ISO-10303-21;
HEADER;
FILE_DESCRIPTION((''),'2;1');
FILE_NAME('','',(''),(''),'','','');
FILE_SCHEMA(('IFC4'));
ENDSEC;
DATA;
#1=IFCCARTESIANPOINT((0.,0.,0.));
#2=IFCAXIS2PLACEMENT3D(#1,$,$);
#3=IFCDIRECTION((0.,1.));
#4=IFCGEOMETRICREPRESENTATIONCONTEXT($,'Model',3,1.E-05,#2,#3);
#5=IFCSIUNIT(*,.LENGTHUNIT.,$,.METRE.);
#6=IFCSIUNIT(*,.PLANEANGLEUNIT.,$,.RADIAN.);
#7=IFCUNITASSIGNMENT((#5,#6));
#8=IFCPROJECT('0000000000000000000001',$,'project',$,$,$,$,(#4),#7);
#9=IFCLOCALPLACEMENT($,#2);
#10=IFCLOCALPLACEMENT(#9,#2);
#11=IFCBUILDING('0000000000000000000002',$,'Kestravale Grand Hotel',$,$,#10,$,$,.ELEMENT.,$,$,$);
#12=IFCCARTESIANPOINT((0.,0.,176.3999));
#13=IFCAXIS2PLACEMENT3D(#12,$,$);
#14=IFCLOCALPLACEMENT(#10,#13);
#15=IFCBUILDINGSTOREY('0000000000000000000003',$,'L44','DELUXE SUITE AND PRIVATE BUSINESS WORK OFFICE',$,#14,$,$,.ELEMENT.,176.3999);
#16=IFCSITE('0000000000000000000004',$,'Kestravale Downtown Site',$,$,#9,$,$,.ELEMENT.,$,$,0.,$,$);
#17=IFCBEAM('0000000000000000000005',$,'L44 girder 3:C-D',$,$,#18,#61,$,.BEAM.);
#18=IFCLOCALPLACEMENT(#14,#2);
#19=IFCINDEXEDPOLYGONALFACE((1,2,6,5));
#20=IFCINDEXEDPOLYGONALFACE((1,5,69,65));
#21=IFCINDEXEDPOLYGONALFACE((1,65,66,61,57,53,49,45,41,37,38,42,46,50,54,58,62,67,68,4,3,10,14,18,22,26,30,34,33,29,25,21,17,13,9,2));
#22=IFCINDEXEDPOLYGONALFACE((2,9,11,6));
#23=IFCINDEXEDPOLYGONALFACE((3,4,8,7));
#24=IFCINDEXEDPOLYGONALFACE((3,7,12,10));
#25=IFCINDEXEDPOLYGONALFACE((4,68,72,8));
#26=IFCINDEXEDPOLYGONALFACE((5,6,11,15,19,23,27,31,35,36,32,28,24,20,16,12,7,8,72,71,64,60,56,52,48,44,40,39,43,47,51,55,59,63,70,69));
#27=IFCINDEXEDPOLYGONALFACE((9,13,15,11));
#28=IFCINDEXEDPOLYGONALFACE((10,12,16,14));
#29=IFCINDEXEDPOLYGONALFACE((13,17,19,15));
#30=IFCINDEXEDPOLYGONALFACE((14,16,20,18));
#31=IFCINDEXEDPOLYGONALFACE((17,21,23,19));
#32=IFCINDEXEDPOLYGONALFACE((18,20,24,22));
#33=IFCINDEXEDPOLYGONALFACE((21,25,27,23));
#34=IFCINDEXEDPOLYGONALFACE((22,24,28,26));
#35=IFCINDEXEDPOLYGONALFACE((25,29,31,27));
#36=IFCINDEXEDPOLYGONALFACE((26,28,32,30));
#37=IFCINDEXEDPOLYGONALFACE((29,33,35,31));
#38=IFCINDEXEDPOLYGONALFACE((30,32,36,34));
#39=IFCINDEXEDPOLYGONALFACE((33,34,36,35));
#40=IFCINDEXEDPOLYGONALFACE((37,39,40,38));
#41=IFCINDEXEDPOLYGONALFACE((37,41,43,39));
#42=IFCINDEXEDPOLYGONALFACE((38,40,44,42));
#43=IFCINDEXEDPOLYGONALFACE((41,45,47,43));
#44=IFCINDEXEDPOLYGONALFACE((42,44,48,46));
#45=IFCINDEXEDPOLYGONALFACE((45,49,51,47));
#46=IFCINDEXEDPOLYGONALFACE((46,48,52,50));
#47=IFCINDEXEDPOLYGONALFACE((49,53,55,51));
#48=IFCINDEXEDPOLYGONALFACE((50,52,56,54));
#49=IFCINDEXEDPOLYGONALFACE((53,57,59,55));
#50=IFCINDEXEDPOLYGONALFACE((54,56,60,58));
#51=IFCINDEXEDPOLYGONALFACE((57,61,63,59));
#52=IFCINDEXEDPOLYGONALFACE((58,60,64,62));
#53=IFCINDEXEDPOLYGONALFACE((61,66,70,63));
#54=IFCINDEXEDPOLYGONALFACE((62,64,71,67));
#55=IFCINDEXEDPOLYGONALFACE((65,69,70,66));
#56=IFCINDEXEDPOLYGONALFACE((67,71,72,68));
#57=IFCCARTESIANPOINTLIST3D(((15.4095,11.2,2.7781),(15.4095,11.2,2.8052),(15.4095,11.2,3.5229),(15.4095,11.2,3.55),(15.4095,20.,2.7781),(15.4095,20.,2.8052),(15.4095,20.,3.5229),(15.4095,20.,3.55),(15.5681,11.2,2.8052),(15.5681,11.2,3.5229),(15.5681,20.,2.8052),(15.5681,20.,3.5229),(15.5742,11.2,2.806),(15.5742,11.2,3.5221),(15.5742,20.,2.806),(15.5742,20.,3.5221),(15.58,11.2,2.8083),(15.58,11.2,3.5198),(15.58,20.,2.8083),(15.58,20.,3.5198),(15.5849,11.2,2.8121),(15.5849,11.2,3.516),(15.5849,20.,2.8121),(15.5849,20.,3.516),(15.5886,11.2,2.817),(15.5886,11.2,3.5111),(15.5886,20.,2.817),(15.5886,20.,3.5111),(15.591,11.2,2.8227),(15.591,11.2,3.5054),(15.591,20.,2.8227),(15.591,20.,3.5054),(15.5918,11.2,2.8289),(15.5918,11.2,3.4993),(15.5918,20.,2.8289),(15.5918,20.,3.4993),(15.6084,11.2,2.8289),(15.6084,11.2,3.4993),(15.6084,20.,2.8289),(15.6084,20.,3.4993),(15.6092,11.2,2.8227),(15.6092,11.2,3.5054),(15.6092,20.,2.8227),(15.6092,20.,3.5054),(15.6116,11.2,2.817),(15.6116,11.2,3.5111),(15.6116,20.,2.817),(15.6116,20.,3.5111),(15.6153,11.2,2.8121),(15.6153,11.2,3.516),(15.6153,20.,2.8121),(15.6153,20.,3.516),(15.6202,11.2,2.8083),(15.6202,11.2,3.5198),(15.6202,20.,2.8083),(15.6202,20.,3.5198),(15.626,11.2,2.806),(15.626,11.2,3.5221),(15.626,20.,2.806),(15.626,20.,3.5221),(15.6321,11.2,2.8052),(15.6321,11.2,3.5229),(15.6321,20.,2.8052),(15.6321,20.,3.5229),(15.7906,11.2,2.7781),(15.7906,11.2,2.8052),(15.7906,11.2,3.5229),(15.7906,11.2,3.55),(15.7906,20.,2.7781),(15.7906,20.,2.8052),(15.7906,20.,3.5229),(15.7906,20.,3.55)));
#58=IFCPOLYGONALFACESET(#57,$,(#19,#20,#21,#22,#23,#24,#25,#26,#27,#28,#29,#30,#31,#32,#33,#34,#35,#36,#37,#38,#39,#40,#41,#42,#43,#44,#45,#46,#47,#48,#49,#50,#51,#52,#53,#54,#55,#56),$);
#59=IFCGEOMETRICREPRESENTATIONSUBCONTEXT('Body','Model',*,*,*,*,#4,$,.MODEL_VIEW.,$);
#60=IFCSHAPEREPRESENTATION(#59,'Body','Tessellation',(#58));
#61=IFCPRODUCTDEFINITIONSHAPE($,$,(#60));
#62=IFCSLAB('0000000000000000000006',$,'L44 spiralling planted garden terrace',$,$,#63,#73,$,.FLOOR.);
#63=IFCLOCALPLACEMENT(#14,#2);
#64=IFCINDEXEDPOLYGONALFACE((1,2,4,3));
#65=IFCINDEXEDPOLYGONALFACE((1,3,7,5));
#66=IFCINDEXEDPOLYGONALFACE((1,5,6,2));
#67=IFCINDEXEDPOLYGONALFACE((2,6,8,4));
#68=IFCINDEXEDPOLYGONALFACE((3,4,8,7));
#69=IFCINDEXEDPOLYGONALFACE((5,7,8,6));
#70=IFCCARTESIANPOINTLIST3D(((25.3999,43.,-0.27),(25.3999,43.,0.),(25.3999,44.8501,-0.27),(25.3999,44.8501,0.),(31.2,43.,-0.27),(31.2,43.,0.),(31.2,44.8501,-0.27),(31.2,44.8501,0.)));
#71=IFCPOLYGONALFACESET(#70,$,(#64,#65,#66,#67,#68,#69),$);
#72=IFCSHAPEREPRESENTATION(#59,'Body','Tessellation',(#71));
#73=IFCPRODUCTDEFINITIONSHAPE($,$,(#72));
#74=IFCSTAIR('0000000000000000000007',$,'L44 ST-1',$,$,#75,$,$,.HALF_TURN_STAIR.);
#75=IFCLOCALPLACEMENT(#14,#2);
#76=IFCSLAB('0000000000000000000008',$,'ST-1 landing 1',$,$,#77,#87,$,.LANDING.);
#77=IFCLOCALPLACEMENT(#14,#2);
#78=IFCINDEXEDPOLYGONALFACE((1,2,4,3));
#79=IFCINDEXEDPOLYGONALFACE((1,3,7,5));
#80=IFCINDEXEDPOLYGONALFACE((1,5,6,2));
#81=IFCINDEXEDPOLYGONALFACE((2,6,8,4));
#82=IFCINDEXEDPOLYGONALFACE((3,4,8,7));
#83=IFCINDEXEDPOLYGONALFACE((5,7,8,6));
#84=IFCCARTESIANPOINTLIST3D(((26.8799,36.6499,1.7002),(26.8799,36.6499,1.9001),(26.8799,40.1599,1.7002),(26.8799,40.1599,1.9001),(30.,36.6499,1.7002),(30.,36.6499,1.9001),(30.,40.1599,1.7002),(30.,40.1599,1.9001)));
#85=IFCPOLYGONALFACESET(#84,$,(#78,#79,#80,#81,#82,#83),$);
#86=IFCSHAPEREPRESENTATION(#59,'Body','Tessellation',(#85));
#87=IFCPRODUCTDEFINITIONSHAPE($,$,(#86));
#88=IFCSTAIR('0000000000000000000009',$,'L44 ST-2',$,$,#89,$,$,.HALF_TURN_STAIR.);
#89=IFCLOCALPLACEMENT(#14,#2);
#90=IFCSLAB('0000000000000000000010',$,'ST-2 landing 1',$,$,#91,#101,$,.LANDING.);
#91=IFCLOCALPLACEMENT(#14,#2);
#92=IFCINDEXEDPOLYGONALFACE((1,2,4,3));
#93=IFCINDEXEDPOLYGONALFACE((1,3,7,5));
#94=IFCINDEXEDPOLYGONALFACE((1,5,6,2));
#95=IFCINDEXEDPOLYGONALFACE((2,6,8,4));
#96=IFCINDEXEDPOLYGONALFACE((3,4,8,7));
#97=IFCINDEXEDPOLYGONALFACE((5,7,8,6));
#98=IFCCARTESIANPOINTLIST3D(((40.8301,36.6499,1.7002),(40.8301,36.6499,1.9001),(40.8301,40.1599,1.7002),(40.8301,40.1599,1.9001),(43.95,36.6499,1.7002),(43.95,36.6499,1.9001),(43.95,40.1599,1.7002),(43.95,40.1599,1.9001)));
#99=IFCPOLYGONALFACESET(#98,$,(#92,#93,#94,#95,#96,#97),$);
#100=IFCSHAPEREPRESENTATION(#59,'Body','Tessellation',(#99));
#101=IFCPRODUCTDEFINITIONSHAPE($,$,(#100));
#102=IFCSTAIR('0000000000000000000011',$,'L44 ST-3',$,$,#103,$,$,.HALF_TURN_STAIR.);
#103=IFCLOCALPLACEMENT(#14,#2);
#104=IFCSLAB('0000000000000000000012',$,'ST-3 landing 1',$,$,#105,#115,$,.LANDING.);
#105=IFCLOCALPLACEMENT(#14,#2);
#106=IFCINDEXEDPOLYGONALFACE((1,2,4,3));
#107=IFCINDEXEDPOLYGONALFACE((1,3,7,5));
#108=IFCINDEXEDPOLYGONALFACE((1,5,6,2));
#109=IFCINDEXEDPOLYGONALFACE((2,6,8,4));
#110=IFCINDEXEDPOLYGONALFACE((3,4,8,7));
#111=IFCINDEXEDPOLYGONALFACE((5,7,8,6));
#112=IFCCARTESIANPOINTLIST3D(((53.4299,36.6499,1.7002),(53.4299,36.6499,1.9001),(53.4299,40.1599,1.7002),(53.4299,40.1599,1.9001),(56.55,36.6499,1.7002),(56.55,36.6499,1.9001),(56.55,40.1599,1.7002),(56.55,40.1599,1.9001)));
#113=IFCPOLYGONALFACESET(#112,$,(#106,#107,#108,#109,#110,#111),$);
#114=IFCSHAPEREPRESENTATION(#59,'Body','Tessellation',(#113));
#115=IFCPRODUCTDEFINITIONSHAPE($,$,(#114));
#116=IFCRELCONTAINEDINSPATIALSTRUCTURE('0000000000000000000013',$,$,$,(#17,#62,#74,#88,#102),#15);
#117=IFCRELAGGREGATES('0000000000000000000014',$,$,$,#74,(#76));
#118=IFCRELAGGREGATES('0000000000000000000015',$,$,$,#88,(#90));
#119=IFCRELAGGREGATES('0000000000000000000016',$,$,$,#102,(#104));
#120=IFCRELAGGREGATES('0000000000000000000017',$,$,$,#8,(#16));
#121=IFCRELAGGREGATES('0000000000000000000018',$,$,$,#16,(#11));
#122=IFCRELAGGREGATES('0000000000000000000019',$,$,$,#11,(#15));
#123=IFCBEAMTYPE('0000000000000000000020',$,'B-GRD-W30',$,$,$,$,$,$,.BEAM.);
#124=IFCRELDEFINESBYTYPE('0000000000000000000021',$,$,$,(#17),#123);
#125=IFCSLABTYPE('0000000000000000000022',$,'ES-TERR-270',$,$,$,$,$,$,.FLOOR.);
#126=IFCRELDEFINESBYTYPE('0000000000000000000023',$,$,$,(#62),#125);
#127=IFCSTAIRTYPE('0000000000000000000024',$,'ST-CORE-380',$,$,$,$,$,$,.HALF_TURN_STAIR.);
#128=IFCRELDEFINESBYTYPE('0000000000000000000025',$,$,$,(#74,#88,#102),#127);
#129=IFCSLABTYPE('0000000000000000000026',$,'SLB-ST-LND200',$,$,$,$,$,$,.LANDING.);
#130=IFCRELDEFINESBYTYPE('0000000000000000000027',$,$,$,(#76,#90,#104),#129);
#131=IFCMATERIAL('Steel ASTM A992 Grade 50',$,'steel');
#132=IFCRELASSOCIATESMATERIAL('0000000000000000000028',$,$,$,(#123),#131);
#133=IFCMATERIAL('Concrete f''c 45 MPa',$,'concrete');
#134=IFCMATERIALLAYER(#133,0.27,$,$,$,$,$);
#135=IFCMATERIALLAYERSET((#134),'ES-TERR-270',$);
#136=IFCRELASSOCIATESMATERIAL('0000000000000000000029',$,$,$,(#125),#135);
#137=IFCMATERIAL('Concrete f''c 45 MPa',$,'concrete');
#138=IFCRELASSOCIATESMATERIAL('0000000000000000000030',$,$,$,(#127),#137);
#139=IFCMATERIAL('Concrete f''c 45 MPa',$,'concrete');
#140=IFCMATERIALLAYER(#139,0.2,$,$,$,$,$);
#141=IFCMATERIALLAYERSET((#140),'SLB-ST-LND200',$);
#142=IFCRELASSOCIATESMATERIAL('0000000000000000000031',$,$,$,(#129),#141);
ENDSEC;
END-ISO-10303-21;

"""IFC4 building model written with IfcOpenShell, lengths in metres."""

from ifc_helpers import new_model, si_unit, direction, frame, origin, origin_2d, place, context, subcontext, project, spatial, polyline, i_section, outline, extrude, material, layer, layer_set, material_profile, profile_set, type_object, element, aggregate, save


model = new_model("IFC4")

# Units and contexts
model_context = context("Model", 3, precision=1e-05, world=origin(), true_north=direction((0.0, 1.0)))
body_context = subcontext(model_context, "Body", "Model", "MODEL_VIEW")
ifc_project = project(units=[si_unit("LENGTHUNIT", "METRE"), si_unit("PLANEANGLEUNIT", "RADIAN")], contexts=[model_context])

# Site, building, storey
site_placement = place(None, origin())
site = spatial("IfcSite", under=ifc_project, at=site_placement, Name="Kestravale Downtown Site", CompositionType="ELEMENT", RefElevation=0.0)
building_placement = place(site_placement, origin())
building = spatial("IfcBuilding", under=site, at=building_placement, Name="Kestravale Grand Hotel", CompositionType="ELEMENT")
storey_placement = place(building_placement, frame((0.0, 0.0, 176.3999)))
storey = spatial("IfcBuildingStorey", under=building, at=storey_placement, Name="L44", Description="DELUXE SUITE AND PRIVATE BUSINESS WORK OFFICE", CompositionType="ELEMENT", Elevation=176.3999)

# Beam
ifc_material_1 = material(Name="Steel ASTM A992 Grade 50", Category="steel")
ifc_material_profile_1 = material_profile(ifc_material_1, i_section(OverallWidth=0.3811, OverallDepth=0.772, WebThickness=0.0166, FlangeThickness=0.0271, FilletRadius=0.0237, at=origin_2d()))
ifc_profile_set_1 = profile_set([ifc_material_profile_1], Name="Steel ASTM A992 Grade 50")
beam_type_1 = type_object("IfcBeamType", Name="B-GRD-W30", PredefinedType="BEAM", material=ifc_profile_set_1)
beam_1_placement = place(storey_placement, frame((15.6001, 11.2, 3.1641), z_axis=(0.0, 1.0, 0.0), x_axis=(-1.0, 0.0, 0.0)))
element("IfcBeam", 1, at=beam_1_placement, inside=storey, type_object=beam_type_1, Name="L44 girder 3:C-D", PredefinedType="BEAM", context=body_context, shape_type="SweptSolid", body=[
    extrude(i_section(OverallWidth=0.3811, OverallDepth=0.772, WebThickness=0.0166, FlangeThickness=0.0271, FilletRadius=0.0237, at=origin_2d()), origin(), (0.0, 0.0, 1.0), 8.8),
])

# Slab
ifc_material_2 = material(Name="Concrete f'c 45 MPa", Category="concrete")
ifc_layer_1 = layer(ifc_material_2, 0.27)
ifc_layer_set_1 = layer_set([ifc_layer_1], Name="ES-TERR-270")
slab_type_1 = type_object("IfcSlabType", Name="ES-TERR-270", PredefinedType="FLOOR", material=ifc_layer_set_1)
slab_1_placement = place(storey_placement, frame((0.0, 0.0, -0.27)))
element("IfcSlab", 2, at=slab_1_placement, inside=storey, type_object=slab_type_1, Name="L44 spiralling planted garden terrace", PredefinedType="FLOOR", context=body_context, shape_type="SweptSolid", body=[
    extrude(outline(polyline([(25.3999, 43.0), (31.2, 43.0), (31.2, 44.8501), (25.3999, 44.8501), (25.3999, 43.0)])), origin(), (0.0, 0.0, 1.0), 0.27),
])

# Stairs, slabs
ifc_material_3 = material(Name="Concrete f'c 45 MPa", Category="concrete")
stair_type = type_object("IfcStairType", Name="ST-CORE-380", PredefinedType="HALF_TURN_STAIR", material=ifc_material_3)
stair_1_placement = place(storey_placement, origin())
stair_1 = element("IfcStair", 3, at=stair_1_placement, inside=storey, type_object=stair_type, Name="L44 ST-1", PredefinedType="HALF_TURN_STAIR")
ifc_material_4 = material(Name="Concrete f'c 45 MPa", Category="concrete")
ifc_layer_2 = layer(ifc_material_4, 0.2)
ifc_layer_set_2 = layer_set([ifc_layer_2], Name="SLB-ST-LND200")
slab_type_2 = type_object("IfcSlabType", Name="SLB-ST-LND200", PredefinedType="LANDING", material=ifc_layer_set_2)
slab_2_placement = place(storey_placement, frame((0.0, 0.0, 1.7002)))
slab_2 = element("IfcSlab", 4, at=slab_2_placement, type_object=slab_type_2, Name="ST-1 landing 1", PredefinedType="LANDING", context=body_context, shape_type="SweptSolid", body=[
    extrude(outline(polyline([(26.8799, 36.6499), (30.0, 36.6499), (30.0, 40.1599), (26.8799, 40.1599), (26.8799, 36.6499)])), origin(), (0.0, 0.0, 1.0), 0.2),
])
aggregate(stair_1, [slab_2])
stair_2_placement = place(storey_placement, origin())
stair_2 = element("IfcStair", 5, at=stair_2_placement, inside=storey, type_object=stair_type, Name="L44 ST-2", PredefinedType="HALF_TURN_STAIR")
slab_3_placement = place(storey_placement, frame((0.0, 0.0, 1.7002)))
slab_3 = element("IfcSlab", 6, at=slab_3_placement, type_object=slab_type_2, Name="ST-2 landing 1", PredefinedType="LANDING", context=body_context, shape_type="SweptSolid", body=[
    extrude(outline(polyline([(40.8301, 36.6499), (43.95, 36.6499), (43.95, 40.1599), (40.8301, 40.1599), (40.8301, 36.6499)])), origin(), (0.0, 0.0, 1.0), 0.2),
])
aggregate(stair_2, [slab_3])
stair_3_placement = place(storey_placement, origin())
stair_3 = element("IfcStair", 7, at=stair_3_placement, inside=storey, type_object=stair_type, Name="L44 ST-3", PredefinedType="HALF_TURN_STAIR")
slab_4_placement = place(storey_placement, frame((0.0, 0.0, 1.7002)))
slab_4 = element("IfcSlab", 8, at=slab_4_placement, type_object=slab_type_2, Name="ST-3 landing 1", PredefinedType="LANDING", context=body_context, shape_type="SweptSolid", body=[
    extrude(outline(polyline([(53.4299, 36.6499), (56.55, 36.6499), (56.55, 40.1599), (53.4299, 40.1599), (53.4299, 36.6499)])), origin(), (0.0, 0.0, 1.0), 0.2),
])
aggregate(stair_3, [slab_4])

save(model, "model.ifc")
